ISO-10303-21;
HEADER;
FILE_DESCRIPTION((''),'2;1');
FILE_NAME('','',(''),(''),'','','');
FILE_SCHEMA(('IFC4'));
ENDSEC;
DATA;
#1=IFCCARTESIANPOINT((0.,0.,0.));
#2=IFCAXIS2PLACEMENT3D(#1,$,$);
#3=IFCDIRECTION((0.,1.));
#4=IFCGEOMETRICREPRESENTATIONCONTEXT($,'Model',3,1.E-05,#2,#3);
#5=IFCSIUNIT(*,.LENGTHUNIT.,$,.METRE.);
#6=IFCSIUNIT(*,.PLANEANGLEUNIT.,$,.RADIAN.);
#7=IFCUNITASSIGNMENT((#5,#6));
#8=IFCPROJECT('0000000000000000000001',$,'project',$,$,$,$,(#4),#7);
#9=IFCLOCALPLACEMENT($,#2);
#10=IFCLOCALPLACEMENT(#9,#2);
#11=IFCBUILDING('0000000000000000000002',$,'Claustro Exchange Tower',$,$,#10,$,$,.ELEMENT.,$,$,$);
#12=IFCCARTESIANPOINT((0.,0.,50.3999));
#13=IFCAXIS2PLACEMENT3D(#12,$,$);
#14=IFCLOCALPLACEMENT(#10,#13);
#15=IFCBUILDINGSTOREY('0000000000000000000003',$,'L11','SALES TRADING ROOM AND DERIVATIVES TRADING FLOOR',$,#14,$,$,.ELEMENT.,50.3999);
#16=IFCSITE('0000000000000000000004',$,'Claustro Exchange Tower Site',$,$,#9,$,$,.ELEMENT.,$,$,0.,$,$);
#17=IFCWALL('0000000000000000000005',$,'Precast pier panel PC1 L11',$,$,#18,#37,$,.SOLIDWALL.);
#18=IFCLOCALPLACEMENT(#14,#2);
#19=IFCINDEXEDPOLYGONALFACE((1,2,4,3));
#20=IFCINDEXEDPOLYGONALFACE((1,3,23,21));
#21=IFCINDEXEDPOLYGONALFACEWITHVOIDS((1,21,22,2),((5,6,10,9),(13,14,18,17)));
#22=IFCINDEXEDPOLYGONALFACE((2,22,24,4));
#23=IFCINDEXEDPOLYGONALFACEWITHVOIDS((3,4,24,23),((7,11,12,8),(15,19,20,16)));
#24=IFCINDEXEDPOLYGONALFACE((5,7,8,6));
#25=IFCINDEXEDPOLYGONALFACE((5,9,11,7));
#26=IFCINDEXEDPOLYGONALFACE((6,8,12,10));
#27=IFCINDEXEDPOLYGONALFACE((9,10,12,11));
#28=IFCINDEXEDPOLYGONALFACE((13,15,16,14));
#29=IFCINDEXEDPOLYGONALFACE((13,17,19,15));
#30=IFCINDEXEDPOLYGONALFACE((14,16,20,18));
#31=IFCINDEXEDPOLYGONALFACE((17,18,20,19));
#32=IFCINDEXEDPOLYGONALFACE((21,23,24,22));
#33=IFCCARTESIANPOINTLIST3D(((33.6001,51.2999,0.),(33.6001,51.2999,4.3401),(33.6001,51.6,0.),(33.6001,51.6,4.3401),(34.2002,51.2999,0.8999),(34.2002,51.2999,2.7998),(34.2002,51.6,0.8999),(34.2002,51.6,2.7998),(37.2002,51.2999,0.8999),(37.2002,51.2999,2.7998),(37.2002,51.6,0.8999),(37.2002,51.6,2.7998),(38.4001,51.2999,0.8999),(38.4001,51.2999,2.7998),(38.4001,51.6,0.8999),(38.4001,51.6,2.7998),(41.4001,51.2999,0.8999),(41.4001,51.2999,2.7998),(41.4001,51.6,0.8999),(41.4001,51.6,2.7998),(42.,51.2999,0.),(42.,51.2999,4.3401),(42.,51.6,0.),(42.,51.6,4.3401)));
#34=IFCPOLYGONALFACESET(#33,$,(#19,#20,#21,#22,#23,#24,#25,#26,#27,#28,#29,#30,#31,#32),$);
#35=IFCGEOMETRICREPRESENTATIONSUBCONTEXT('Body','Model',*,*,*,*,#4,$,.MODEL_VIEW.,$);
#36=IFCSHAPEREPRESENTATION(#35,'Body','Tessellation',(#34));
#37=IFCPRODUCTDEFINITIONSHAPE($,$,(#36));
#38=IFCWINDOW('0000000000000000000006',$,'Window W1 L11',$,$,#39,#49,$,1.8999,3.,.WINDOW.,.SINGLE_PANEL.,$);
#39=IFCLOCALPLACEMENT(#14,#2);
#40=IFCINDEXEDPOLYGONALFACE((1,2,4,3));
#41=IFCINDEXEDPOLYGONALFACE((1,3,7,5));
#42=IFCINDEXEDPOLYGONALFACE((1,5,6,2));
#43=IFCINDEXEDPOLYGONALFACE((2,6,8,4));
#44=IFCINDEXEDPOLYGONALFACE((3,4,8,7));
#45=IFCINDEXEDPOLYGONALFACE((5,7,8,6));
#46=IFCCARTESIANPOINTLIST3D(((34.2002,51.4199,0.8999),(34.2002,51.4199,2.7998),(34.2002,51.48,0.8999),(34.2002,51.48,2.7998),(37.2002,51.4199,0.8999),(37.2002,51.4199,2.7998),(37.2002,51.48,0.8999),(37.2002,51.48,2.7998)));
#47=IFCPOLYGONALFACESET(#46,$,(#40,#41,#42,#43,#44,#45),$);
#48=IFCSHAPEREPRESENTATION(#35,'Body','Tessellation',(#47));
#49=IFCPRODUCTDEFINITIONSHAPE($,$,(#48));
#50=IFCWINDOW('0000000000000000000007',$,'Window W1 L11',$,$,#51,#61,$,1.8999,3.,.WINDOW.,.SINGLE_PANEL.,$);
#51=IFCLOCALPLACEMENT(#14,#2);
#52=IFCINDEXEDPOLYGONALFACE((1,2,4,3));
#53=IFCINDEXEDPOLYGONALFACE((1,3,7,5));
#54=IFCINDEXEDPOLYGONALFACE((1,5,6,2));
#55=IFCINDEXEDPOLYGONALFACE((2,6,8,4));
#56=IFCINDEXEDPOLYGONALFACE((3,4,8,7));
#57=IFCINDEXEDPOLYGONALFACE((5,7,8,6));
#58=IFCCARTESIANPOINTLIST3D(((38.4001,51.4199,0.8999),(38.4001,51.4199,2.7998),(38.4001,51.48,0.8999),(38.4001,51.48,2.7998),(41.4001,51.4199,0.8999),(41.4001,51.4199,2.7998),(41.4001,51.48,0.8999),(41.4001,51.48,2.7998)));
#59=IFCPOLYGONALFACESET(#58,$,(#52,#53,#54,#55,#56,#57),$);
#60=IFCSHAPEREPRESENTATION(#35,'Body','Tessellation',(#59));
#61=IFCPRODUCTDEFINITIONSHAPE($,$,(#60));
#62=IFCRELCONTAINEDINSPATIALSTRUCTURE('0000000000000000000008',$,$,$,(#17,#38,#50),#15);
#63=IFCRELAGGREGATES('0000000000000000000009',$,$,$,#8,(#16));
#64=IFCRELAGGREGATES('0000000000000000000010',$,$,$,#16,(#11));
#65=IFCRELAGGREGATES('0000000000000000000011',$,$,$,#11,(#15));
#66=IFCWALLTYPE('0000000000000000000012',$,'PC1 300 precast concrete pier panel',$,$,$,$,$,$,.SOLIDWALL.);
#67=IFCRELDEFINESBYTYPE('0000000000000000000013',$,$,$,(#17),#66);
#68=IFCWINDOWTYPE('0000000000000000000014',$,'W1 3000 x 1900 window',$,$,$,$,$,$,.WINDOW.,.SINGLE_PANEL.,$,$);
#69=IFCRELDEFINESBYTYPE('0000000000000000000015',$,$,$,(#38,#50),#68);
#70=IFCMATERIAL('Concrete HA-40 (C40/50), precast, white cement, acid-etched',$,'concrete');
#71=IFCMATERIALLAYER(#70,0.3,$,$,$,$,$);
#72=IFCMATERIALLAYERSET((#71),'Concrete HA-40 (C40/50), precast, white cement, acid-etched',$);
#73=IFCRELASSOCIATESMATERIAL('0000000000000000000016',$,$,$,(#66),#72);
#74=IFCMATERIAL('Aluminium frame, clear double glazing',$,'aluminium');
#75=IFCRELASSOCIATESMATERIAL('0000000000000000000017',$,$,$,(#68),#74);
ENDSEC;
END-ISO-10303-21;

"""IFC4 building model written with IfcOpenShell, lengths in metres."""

from ifc_helpers import new_model, si_unit, direction, frame, frame_2d, origin, place, context, subcontext, project, spatial, rectangle, extrude, material, layer, layer_set, type_object, element, fill, save


model = new_model("IFC4")

# Units and contexts
model_context = context("Model", 3, precision=1e-05, world=origin(), true_north=direction((0.0, 1.0)))
body_context = subcontext(model_context, "Body", "Model", "MODEL_VIEW")
ifc_project = project(units=[si_unit("LENGTHUNIT", "METRE"), si_unit("PLANEANGLEUNIT", "RADIAN")], contexts=[model_context])

# Site, building, storey
site_placement = place(None, origin())
site = spatial("IfcSite", under=ifc_project, at=site_placement, Name="Claustro Exchange Tower Site", CompositionType="ELEMENT", RefElevation=0.0)
building_placement = place(site_placement, origin())
building = spatial("IfcBuilding", under=site, at=building_placement, Name="Claustro Exchange Tower", CompositionType="ELEMENT")
storey_placement = place(building_placement, frame((0.0, 0.0, 50.3999)))
storey = spatial("IfcBuildingStorey", under=building, at=storey_placement, Name="L11", Description="SALES TRADING ROOM AND DERIVATIVES TRADING FLOOR", CompositionType="ELEMENT", Elevation=50.3999)

# Wall, openings, windows
ifc_material_1 = material(Name="Concrete HA-40 (C40/50), precast, white cement, acid-etched", Category="concrete")
ifc_layer_1 = layer(ifc_material_1, 0.3)
ifc_layer_set_1 = layer_set([ifc_layer_1], Name="Concrete HA-40 (C40/50), precast, white cement, acid-etched")
wall_type_1 = type_object("IfcWallType", Name="PC1 300 precast concrete pier panel", PredefinedType="SOLIDWALL", material=ifc_layer_set_1)
ifc_material_2 = material(Name="Aluminium frame, clear double glazing", Category="aluminium")
window_type = type_object("IfcWindowType", Name="W1 3000 x 1900 window", PartitioningType="SINGLE_PANEL", PredefinedType="WINDOW", material=ifc_material_2)
wall_1_placement = place(storey_placement, frame((33.6001, 51.45, 0.0), z_axis=(0.0, 0.0, 1.0), x_axis=(1.0, 0.0, 0.0)))
wall_1 = element("IfcWall", 1, at=wall_1_placement, inside=storey, type_object=wall_type_1, Name="Precast pier panel PC1 L11", PredefinedType="SOLIDWALL", context=body_context, shape_type="SweptSolid", body=[
    extrude(rectangle(XDim=8.3999, YDim=0.3, at=frame_2d((4.2, 0.0))), origin(), (0.0, 0.0, 1.0), 4.3401),
])
opening_1_placement = place(wall_1_placement, frame((0.6001, 0.0, 0.8999)))
opening_1 = element("IfcOpeningElement", 2, at=opening_1_placement, cuts=wall_1, PredefinedType="OPENING", context=body_context, shape_type="SweptSolid", body=[
    extrude(rectangle(XDim=3.0, YDim=1.8999, at=frame_2d((1.5, 0.95))), frame((0.0, 0.1599, 0.0), z_axis=(0.0, -1.0, 0.0), x_axis=(1.0, 0.0, 0.0)), (0.0, 0.0, 1.0), 0.3201),
])
opening_2_placement = place(wall_1_placement, frame((4.8, 0.0, 0.8999)))
opening_2 = element("IfcOpeningElement", 3, at=opening_2_placement, cuts=wall_1, PredefinedType="OPENING", context=body_context, shape_type="SweptSolid", body=[
    extrude(rectangle(XDim=3.0, YDim=1.8999, at=frame_2d((1.5, 0.95))), frame((0.0, 0.1599, 0.0), z_axis=(0.0, -1.0, 0.0), x_axis=(1.0, 0.0, 0.0)), (0.0, 0.0, 1.0), 0.3201),
])
window_1_placement = place(opening_1_placement, origin())
window_1 = element("IfcWindow", 4, at=window_1_placement, inside=storey, type_object=window_type, Name="Window W1 L11", OverallHeight=1.8999, OverallWidth=3.0, PartitioningType="SINGLE_PANEL", PredefinedType="WINDOW", context=body_context, shape_type="SweptSolid", body=[
    extrude(rectangle(XDim=3.0, YDim=1.8999, at=frame_2d((1.5, 0.95))), frame((0.0, 0.03, 0.0), z_axis=(0.0, -1.0, 0.0), x_axis=(1.0, 0.0, 0.0)), (0.0, 0.0, 1.0), 0.0601),
])
fill(opening_1, window_1)
window_2_placement = place(opening_2_placement, origin())
window_2 = element("IfcWindow", 5, at=window_2_placement, inside=storey, type_object=window_type, Name="Window W1 L11", OverallHeight=1.8999, OverallWidth=3.0, PartitioningType="SINGLE_PANEL", PredefinedType="WINDOW", context=body_context, shape_type="SweptSolid", body=[
    extrude(rectangle(XDim=3.0, YDim=1.8999, at=frame_2d((1.5, 0.95))), frame((0.0, 0.03, 0.0), z_axis=(0.0, -1.0, 0.0), x_axis=(1.0, 0.0, 0.0)), (0.0, 0.0, 1.0), 0.0601),
])
fill(opening_2, window_2)

save(model, "model.ifc")
